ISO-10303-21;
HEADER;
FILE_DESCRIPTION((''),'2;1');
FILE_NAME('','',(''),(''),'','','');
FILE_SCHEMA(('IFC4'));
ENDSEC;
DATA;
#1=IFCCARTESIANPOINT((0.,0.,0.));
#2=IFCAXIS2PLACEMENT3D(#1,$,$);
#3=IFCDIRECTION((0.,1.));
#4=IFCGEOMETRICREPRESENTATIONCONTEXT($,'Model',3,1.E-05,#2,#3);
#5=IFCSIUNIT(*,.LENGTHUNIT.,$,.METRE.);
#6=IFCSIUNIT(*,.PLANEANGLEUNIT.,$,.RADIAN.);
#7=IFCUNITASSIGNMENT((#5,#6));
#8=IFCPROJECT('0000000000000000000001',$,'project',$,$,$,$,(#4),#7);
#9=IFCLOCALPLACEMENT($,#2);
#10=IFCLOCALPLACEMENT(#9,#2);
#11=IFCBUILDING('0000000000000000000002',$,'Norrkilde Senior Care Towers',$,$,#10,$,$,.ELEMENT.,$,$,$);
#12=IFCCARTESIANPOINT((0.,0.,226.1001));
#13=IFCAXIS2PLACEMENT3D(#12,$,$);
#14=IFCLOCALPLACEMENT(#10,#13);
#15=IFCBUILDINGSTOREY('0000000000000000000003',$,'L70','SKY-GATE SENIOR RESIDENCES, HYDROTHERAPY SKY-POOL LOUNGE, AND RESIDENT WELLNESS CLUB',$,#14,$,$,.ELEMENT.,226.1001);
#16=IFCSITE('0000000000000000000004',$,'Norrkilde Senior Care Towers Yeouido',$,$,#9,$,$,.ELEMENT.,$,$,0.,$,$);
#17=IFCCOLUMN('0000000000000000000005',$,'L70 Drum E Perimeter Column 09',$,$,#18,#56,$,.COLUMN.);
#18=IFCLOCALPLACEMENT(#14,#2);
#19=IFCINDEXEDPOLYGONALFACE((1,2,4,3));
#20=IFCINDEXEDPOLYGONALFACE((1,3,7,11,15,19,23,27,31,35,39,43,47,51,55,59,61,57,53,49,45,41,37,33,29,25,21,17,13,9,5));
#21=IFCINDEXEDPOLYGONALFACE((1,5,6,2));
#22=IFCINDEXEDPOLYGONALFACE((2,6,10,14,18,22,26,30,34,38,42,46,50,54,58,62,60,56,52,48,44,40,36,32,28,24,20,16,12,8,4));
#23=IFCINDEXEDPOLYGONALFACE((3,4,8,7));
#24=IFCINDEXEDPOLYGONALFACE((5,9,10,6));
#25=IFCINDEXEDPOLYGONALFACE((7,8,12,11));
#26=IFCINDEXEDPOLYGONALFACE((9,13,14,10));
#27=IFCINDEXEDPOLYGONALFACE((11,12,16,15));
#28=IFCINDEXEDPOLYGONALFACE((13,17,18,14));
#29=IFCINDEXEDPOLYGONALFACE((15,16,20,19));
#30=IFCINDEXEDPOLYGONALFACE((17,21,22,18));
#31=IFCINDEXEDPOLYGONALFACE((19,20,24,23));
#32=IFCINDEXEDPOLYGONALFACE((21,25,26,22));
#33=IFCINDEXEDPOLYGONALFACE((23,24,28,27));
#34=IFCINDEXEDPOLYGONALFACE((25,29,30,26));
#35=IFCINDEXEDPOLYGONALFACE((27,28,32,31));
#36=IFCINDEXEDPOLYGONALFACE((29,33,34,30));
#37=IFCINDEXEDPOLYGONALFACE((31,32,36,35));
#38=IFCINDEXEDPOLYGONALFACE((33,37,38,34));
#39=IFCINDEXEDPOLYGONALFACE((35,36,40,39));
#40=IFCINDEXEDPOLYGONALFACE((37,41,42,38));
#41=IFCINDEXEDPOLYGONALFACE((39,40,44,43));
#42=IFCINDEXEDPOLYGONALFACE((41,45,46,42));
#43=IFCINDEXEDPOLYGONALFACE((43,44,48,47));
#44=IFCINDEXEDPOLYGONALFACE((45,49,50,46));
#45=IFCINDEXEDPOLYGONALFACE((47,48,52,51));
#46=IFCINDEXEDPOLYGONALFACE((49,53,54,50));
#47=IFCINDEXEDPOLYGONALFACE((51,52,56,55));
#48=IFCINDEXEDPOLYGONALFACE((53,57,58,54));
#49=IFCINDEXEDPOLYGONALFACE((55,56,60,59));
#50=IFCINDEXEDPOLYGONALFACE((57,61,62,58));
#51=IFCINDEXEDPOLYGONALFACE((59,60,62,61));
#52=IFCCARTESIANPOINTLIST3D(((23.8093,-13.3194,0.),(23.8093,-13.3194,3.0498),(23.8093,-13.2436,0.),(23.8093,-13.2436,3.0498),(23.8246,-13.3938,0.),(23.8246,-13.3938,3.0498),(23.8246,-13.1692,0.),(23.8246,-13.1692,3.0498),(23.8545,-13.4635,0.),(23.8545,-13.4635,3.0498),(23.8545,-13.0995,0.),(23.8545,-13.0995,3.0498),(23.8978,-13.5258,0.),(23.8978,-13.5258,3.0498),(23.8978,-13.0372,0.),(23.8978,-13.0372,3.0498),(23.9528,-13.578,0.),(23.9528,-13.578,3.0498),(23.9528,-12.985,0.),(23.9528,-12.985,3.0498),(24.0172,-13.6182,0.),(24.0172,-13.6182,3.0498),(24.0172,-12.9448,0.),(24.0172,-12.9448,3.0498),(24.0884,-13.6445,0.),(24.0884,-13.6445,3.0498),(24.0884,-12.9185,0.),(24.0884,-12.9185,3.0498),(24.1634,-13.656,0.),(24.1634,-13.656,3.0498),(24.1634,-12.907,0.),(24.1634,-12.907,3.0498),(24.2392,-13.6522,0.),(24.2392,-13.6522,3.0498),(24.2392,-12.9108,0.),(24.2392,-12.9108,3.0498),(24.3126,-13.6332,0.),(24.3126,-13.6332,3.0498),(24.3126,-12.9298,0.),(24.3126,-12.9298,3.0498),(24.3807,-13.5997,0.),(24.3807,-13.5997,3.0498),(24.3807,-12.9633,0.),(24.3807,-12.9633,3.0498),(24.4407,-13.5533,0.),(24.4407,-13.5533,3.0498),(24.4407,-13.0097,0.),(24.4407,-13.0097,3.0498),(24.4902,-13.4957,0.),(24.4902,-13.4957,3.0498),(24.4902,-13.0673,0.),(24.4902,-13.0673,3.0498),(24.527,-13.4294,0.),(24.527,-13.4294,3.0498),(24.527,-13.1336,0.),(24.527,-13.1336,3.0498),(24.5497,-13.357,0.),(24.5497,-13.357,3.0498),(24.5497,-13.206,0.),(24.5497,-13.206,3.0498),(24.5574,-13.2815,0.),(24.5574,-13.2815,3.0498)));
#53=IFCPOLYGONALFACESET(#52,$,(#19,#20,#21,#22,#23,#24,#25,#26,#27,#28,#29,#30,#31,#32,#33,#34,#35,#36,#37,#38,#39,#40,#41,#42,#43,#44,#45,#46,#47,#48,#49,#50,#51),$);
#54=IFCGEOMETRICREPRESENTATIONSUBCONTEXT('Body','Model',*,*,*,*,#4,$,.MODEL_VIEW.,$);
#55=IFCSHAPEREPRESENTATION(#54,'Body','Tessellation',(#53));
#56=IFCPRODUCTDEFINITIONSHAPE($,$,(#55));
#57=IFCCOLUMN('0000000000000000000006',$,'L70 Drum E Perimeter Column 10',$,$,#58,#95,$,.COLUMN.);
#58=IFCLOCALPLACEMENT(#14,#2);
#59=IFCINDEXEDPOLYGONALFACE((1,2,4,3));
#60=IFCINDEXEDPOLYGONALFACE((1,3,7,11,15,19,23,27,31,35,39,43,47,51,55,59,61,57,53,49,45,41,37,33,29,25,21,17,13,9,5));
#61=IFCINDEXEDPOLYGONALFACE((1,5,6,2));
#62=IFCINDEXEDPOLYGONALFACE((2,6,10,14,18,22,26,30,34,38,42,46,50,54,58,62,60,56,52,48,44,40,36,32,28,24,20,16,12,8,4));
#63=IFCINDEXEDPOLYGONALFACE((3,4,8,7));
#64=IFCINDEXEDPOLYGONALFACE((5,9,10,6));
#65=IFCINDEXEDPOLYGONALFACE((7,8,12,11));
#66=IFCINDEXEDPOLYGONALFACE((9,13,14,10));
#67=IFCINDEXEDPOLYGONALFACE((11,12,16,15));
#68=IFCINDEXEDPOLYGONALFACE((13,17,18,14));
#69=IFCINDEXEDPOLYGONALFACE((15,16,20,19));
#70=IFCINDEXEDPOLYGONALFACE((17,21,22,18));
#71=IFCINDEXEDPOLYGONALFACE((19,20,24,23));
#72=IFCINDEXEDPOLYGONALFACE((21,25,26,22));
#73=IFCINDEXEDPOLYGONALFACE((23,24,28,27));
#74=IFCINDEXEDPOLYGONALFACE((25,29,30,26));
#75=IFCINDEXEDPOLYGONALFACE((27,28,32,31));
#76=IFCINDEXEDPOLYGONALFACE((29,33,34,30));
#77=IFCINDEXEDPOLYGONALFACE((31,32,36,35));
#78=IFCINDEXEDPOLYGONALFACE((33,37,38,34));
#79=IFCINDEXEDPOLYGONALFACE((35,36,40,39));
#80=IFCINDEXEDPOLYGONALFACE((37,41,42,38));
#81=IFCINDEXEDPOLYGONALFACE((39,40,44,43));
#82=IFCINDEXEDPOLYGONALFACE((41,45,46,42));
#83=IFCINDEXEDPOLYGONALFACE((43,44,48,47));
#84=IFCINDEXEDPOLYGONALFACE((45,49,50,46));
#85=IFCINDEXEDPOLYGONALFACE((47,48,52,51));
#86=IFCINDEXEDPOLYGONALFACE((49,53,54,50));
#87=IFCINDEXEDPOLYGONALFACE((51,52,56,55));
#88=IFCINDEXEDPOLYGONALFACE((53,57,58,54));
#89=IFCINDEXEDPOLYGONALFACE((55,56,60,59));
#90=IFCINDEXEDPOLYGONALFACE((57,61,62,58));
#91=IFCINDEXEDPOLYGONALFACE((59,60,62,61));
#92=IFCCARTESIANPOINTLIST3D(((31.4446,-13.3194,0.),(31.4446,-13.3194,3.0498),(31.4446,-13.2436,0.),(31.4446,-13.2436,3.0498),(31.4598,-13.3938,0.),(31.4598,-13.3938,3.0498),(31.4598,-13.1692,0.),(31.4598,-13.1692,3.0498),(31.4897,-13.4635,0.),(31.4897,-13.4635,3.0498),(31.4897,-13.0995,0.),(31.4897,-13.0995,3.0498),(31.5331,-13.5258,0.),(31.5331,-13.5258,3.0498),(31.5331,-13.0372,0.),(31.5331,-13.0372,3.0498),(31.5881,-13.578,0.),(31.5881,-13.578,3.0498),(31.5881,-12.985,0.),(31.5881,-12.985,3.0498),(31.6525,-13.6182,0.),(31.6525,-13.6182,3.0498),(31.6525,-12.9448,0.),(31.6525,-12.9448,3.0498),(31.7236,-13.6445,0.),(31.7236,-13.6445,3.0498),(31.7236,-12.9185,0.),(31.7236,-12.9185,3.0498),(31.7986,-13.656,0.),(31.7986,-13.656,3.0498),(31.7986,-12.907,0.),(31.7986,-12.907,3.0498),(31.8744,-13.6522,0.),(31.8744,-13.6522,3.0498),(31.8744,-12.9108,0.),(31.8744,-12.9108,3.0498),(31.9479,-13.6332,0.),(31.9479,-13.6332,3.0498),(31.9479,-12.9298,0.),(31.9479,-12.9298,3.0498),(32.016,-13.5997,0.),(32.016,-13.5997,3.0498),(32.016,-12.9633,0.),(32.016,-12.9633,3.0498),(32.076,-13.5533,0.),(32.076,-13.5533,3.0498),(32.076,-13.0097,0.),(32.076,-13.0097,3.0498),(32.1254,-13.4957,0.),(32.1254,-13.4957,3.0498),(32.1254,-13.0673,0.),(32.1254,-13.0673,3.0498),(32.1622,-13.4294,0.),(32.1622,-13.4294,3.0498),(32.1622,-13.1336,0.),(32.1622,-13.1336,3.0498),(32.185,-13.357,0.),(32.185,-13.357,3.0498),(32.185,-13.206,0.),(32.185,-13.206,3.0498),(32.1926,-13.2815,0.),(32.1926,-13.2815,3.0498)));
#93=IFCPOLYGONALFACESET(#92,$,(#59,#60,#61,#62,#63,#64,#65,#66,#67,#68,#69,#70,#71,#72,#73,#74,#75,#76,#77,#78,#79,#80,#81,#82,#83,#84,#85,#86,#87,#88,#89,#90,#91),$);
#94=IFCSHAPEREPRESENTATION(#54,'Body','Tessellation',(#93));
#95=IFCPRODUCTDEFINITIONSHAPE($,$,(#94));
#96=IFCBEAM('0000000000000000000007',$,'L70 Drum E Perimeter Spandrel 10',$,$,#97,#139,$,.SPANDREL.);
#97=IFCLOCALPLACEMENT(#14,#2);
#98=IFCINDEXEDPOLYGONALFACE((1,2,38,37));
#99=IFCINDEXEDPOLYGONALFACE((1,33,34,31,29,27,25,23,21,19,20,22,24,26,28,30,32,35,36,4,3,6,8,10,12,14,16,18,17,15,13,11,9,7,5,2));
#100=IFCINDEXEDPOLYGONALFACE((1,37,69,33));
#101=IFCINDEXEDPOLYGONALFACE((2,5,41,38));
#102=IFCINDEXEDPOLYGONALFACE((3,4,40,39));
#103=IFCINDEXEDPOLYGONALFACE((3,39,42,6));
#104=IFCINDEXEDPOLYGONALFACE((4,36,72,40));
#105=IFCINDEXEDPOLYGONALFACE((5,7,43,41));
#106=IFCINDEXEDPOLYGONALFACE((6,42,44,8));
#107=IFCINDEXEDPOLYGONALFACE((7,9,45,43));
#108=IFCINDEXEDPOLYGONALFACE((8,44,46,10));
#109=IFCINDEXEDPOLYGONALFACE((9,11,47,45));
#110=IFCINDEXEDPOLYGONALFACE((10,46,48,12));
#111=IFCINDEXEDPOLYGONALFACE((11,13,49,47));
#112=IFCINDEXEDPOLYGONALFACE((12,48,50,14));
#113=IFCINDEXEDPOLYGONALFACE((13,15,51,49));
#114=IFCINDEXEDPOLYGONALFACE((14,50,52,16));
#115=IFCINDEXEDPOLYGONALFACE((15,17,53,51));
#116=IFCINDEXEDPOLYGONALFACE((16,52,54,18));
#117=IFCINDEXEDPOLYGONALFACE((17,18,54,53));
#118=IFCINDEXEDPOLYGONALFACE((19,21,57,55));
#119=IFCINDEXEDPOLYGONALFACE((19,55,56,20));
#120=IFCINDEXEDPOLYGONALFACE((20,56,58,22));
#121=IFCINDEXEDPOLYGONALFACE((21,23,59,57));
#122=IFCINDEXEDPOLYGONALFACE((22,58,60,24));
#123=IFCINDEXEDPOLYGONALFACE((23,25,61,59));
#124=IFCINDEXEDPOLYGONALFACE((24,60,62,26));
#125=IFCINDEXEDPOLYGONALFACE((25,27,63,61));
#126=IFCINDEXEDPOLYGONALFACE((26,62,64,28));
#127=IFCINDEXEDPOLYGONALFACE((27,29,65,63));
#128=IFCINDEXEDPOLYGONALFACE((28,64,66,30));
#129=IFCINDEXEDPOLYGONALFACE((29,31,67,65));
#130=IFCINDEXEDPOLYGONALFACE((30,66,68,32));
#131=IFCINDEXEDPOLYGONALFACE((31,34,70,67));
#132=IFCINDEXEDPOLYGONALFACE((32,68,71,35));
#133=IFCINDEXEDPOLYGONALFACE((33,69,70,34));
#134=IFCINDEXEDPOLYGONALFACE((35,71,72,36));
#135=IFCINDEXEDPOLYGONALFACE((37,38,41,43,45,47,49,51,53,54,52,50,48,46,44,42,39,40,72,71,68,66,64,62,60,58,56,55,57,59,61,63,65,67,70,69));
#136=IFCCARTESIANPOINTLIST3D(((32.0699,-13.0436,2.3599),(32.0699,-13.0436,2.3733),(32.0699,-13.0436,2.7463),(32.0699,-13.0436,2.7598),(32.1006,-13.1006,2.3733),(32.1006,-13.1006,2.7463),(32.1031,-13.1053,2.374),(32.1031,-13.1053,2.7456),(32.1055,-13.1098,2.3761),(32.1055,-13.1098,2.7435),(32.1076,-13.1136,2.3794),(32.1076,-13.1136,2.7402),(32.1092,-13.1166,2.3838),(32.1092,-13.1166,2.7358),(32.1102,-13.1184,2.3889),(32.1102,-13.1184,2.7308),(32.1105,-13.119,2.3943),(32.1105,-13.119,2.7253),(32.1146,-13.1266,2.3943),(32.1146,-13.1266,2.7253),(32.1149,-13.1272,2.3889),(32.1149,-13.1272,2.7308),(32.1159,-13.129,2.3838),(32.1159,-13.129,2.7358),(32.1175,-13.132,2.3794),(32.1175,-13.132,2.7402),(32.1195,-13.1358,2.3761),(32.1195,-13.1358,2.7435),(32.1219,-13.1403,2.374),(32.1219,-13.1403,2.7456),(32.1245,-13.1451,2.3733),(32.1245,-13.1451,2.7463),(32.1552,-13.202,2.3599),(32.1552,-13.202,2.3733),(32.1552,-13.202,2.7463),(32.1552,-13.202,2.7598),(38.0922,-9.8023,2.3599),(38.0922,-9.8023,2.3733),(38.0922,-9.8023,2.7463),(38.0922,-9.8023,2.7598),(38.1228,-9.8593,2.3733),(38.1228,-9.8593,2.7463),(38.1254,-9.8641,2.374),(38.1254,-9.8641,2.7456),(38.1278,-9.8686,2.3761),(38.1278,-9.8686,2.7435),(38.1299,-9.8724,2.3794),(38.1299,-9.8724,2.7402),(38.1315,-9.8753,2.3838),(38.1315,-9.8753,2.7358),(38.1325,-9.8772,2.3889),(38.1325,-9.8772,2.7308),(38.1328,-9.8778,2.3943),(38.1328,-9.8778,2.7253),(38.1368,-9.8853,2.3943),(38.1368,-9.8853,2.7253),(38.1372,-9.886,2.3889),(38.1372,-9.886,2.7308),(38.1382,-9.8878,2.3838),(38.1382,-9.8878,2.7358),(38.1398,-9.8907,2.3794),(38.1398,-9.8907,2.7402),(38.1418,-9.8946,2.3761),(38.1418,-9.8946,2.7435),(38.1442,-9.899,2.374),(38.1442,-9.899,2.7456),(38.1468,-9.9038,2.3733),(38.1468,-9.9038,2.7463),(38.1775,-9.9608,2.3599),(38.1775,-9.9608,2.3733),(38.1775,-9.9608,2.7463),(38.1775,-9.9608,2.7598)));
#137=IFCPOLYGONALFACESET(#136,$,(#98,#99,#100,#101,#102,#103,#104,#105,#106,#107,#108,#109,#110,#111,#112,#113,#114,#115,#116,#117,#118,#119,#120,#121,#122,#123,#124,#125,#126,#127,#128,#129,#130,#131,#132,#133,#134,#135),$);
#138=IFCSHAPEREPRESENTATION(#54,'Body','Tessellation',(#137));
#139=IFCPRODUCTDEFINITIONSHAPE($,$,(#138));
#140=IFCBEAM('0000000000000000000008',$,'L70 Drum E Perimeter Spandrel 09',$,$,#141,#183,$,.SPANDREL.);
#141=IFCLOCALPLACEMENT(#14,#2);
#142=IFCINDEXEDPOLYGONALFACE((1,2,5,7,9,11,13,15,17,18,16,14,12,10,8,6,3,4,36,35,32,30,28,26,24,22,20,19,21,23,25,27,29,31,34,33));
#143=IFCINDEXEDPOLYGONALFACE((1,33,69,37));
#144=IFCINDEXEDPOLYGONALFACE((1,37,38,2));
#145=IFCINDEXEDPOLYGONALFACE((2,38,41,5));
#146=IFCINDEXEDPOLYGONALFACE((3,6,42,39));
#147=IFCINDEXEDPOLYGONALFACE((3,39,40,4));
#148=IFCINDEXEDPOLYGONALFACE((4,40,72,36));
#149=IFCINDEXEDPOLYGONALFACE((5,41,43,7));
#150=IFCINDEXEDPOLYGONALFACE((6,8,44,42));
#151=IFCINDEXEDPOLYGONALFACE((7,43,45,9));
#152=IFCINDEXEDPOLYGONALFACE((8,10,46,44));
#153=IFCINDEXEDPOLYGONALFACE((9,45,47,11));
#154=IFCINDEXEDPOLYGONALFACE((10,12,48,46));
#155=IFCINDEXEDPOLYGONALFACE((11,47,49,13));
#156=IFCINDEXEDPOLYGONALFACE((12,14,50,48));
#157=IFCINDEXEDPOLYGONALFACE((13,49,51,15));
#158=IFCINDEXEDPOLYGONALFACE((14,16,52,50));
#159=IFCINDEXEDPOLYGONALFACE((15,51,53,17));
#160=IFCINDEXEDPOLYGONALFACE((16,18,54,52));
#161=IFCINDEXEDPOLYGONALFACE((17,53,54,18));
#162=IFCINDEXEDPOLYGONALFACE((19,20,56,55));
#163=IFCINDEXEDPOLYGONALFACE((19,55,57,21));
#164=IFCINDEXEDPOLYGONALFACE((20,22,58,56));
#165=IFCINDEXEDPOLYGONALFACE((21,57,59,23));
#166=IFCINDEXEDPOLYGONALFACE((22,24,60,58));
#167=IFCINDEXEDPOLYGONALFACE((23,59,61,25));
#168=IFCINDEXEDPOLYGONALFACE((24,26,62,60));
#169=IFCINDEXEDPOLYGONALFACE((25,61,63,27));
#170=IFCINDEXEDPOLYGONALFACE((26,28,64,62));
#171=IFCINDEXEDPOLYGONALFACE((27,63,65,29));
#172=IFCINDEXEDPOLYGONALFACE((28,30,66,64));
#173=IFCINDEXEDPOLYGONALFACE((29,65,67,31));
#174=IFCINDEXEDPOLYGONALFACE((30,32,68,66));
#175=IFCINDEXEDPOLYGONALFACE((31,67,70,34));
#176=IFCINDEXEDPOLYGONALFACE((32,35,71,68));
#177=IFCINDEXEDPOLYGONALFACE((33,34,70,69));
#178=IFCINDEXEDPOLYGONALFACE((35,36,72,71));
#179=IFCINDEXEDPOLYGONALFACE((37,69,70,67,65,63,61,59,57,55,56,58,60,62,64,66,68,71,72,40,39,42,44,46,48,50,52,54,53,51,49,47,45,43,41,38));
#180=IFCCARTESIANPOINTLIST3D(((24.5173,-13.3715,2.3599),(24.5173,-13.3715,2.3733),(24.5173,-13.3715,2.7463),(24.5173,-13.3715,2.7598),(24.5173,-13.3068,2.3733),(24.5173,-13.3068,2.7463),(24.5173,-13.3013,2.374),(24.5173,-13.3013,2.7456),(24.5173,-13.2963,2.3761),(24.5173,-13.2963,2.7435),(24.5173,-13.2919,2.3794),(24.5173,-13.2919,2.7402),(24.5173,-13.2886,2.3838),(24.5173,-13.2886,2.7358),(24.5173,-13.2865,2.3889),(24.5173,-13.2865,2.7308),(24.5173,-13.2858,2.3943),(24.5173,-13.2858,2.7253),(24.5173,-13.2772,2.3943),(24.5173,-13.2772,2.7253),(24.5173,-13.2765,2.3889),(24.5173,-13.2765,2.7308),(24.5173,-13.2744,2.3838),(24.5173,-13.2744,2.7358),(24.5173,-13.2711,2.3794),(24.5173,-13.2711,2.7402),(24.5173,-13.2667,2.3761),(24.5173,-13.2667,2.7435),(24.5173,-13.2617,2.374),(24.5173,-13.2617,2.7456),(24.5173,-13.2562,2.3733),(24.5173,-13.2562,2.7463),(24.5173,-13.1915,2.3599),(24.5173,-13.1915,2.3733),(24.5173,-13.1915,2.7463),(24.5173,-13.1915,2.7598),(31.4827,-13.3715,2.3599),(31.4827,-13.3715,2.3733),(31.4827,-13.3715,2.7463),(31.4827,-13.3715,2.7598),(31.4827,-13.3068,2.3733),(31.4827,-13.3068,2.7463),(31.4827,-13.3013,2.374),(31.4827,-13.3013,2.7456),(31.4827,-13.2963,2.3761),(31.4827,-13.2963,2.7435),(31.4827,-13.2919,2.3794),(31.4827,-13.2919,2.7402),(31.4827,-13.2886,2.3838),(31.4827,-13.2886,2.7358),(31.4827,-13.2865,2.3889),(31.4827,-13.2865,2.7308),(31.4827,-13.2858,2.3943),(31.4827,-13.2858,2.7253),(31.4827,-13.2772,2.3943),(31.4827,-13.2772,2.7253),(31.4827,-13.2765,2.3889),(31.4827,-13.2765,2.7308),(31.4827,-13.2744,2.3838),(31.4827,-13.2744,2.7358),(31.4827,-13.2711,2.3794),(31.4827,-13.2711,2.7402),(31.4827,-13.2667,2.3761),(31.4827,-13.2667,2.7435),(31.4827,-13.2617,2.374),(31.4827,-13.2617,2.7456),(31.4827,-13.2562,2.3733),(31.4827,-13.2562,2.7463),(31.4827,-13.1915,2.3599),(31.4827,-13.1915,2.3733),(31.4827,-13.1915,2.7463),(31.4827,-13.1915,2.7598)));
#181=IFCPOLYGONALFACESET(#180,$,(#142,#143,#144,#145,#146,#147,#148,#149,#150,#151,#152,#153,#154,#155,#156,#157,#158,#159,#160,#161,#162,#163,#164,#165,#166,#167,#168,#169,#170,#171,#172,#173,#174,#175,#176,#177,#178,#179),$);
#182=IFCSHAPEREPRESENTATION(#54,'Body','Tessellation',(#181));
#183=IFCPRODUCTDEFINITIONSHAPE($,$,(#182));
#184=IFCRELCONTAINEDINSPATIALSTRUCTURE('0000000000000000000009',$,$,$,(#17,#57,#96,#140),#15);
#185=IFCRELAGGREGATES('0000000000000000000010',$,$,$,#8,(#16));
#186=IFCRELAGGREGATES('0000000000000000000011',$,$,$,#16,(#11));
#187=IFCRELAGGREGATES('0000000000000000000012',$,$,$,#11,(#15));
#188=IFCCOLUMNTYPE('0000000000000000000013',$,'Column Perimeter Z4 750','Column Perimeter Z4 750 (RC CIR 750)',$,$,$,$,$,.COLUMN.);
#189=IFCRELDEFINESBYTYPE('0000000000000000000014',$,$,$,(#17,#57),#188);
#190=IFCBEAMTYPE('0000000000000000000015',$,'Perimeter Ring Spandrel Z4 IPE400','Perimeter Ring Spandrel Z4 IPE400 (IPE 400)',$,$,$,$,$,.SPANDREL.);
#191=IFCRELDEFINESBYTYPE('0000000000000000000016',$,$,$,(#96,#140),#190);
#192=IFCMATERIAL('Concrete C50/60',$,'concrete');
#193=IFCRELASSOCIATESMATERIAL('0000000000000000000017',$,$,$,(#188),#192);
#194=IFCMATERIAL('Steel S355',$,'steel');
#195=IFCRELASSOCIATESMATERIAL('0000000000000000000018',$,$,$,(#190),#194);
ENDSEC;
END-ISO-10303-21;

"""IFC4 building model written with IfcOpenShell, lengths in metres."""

from ifc_helpers import new_model, si_unit, direction, frame, origin, origin_2d, place, context, subcontext, project, spatial, circle, i_section, extrude, source, transform, mapped, material, material_profile, profile_set, type_object, type_shapes, element, save


model = new_model("IFC4")

# Units and contexts
model_context = context("Model", 3, precision=1e-05, world=origin(), true_north=direction((0.0, 1.0)))
body_context = subcontext(model_context, "Body", "Model", "MODEL_VIEW")
ifc_project = project(units=[si_unit("LENGTHUNIT", "METRE"), si_unit("PLANEANGLEUNIT", "RADIAN")], contexts=[model_context])

# Site, building, storey
site_placement = place(None, origin())
site = spatial("IfcSite", under=ifc_project, at=site_placement, Name="Norrkilde Senior Care Towers Yeouido", CompositionType="ELEMENT", RefElevation=0.0)
building_placement = place(site_placement, origin())
building = spatial("IfcBuilding", under=site, at=building_placement, Name="Norrkilde Senior Care Towers", CompositionType="ELEMENT")
storey_placement = place(building_placement, frame((0.0, 0.0, 226.1001)))
storey = spatial("IfcBuildingStorey", under=building, at=storey_placement, Name="L70", Description="SKY-GATE SENIOR RESIDENCES, HYDROTHERAPY SKY-POOL LOUNGE, AND RESIDENT WELLNESS CLUB", CompositionType="ELEMENT", Elevation=226.1001)

# Columns
ifc_material_1 = material(Name="Concrete C50/60", Category="concrete")
ifc_material_profile_1 = material_profile(ifc_material_1, circle(Radius=0.375, at=origin_2d()), Name="RC CIR 750")
ifc_profile_set_1 = profile_set([ifc_material_profile_1], Name="Concrete C50/60")
column_type = type_object("IfcColumnType", Name="Column Perimeter Z4 750", Description="Column Perimeter Z4 750 (RC CIR 750)", PredefinedType="COLUMN", material=ifc_profile_set_1)
shared_shape_1 = source(origin(), body_context, "Body", "SweptSolid", [
    extrude(circle(Radius=0.375, at=origin_2d()), origin(), (0.0, 0.0, 1.0), 3.0498),
])
type_shapes(column_type, [shared_shape_1])
for number, where, z_axis, x_axis, name in (
    (1, (24.1824, -13.2815, 0.0), (0.0, 0.0, 1.0), (1.0, 0.0, 0.0), "L70 Drum E Perimeter Column 09"),
    (2, (31.8176, -13.2815, 0.0), (0.0, 0.0, 1.0), (1.0, 0.0, 0.0), "L70 Drum E Perimeter Column 10"),
):
    element("IfcColumn", number, at=place(storey_placement, frame(where, z_axis=z_axis, x_axis=x_axis)), inside=storey, type_object=column_type, Name=name, PredefinedType="COLUMN", context=body_context, shape_type="MappedRepresentation", body=[
        mapped(shared_shape_1, transform((0.0, 0.0, 0.0), x_axis=(1.0, 0.0, 0.0), y_axis=(0.0, 1.0, 0.0), z_axis=(0.0, 0.0, 1.0), scale=1.0)),
    ])

# Beams
ifc_material_2 = material(Name="Steel S355", Category="steel")
ifc_material_profile_2 = material_profile(ifc_material_2, i_section(OverallWidth=0.1799, OverallDepth=0.3999, WebThickness=0.0085, FlangeThickness=0.0134, FilletRadius=0.021, at=origin_2d()), Name="IPE 400")
ifc_profile_set_2 = profile_set([ifc_material_profile_2], Name="Steel S355")
beam_type_1 = type_object("IfcBeamType", Name="Perimeter Ring Spandrel Z4 IPE400", Description="Perimeter Ring Spandrel Z4 IPE400 (IPE 400)", PredefinedType="SPANDREL", material=ifc_profile_set_2)
shared_shape_2 = source(origin(), body_context, "Body", "SweptSolid", [
    extrude(i_section(OverallWidth=0.1799, OverallDepth=0.3999, WebThickness=0.0085, FlangeThickness=0.0134, FilletRadius=0.021, at=origin_2d()), origin(), (0.0, 0.0, 1.0), 6.8391),
])
beam_1_placement = place(storey_placement, frame((32.1125, -13.1228, 2.5598), z_axis=(0.880564, 0.473927, 0.0), x_axis=(-0.473927, 0.880564, 0.0)))
element("IfcBeam", 3, at=beam_1_placement, inside=storey, type_object=beam_type_1, Name="L70 Drum E Perimeter Spandrel 10", PredefinedType="SPANDREL", context=body_context, shape_type="MappedRepresentation", body=[
    mapped(shared_shape_2, transform((0.0, 0.0, 0.0), x_axis=(1.0, 0.0, 0.0), y_axis=(0.0, 1.0, 0.0), z_axis=(0.0, 0.0, 1.0), scale=1.0)),
])
shared_shape_3 = source(origin(), body_context, "Body", "SweptSolid", [
    extrude(i_section(OverallWidth=0.1799, OverallDepth=0.3999, WebThickness=0.0085, FlangeThickness=0.0134, FilletRadius=0.021, at=origin_2d()), origin(), (0.0, 0.0, 1.0), 6.9653),
])
type_shapes(beam_type_1, [shared_shape_2, shared_shape_3])
beam_2_placement = place(storey_placement, frame((24.5173, -13.2815, 2.5598), z_axis=(1.0, 0.0, 0.0), x_axis=(0.0, 1.0, 0.0)))
element("IfcBeam", 4, at=beam_2_placement, inside=storey, type_object=beam_type_1, Name="L70 Drum E Perimeter Spandrel 09", PredefinedType="SPANDREL", context=body_context, shape_type="MappedRepresentation", body=[
    mapped(shared_shape_3, transform((0.0, 0.0, 0.0), x_axis=(1.0, 0.0, 0.0), y_axis=(0.0, 1.0, 0.0), z_axis=(0.0, 0.0, 1.0), scale=1.0)),
])

save(model, "model.ifc")
